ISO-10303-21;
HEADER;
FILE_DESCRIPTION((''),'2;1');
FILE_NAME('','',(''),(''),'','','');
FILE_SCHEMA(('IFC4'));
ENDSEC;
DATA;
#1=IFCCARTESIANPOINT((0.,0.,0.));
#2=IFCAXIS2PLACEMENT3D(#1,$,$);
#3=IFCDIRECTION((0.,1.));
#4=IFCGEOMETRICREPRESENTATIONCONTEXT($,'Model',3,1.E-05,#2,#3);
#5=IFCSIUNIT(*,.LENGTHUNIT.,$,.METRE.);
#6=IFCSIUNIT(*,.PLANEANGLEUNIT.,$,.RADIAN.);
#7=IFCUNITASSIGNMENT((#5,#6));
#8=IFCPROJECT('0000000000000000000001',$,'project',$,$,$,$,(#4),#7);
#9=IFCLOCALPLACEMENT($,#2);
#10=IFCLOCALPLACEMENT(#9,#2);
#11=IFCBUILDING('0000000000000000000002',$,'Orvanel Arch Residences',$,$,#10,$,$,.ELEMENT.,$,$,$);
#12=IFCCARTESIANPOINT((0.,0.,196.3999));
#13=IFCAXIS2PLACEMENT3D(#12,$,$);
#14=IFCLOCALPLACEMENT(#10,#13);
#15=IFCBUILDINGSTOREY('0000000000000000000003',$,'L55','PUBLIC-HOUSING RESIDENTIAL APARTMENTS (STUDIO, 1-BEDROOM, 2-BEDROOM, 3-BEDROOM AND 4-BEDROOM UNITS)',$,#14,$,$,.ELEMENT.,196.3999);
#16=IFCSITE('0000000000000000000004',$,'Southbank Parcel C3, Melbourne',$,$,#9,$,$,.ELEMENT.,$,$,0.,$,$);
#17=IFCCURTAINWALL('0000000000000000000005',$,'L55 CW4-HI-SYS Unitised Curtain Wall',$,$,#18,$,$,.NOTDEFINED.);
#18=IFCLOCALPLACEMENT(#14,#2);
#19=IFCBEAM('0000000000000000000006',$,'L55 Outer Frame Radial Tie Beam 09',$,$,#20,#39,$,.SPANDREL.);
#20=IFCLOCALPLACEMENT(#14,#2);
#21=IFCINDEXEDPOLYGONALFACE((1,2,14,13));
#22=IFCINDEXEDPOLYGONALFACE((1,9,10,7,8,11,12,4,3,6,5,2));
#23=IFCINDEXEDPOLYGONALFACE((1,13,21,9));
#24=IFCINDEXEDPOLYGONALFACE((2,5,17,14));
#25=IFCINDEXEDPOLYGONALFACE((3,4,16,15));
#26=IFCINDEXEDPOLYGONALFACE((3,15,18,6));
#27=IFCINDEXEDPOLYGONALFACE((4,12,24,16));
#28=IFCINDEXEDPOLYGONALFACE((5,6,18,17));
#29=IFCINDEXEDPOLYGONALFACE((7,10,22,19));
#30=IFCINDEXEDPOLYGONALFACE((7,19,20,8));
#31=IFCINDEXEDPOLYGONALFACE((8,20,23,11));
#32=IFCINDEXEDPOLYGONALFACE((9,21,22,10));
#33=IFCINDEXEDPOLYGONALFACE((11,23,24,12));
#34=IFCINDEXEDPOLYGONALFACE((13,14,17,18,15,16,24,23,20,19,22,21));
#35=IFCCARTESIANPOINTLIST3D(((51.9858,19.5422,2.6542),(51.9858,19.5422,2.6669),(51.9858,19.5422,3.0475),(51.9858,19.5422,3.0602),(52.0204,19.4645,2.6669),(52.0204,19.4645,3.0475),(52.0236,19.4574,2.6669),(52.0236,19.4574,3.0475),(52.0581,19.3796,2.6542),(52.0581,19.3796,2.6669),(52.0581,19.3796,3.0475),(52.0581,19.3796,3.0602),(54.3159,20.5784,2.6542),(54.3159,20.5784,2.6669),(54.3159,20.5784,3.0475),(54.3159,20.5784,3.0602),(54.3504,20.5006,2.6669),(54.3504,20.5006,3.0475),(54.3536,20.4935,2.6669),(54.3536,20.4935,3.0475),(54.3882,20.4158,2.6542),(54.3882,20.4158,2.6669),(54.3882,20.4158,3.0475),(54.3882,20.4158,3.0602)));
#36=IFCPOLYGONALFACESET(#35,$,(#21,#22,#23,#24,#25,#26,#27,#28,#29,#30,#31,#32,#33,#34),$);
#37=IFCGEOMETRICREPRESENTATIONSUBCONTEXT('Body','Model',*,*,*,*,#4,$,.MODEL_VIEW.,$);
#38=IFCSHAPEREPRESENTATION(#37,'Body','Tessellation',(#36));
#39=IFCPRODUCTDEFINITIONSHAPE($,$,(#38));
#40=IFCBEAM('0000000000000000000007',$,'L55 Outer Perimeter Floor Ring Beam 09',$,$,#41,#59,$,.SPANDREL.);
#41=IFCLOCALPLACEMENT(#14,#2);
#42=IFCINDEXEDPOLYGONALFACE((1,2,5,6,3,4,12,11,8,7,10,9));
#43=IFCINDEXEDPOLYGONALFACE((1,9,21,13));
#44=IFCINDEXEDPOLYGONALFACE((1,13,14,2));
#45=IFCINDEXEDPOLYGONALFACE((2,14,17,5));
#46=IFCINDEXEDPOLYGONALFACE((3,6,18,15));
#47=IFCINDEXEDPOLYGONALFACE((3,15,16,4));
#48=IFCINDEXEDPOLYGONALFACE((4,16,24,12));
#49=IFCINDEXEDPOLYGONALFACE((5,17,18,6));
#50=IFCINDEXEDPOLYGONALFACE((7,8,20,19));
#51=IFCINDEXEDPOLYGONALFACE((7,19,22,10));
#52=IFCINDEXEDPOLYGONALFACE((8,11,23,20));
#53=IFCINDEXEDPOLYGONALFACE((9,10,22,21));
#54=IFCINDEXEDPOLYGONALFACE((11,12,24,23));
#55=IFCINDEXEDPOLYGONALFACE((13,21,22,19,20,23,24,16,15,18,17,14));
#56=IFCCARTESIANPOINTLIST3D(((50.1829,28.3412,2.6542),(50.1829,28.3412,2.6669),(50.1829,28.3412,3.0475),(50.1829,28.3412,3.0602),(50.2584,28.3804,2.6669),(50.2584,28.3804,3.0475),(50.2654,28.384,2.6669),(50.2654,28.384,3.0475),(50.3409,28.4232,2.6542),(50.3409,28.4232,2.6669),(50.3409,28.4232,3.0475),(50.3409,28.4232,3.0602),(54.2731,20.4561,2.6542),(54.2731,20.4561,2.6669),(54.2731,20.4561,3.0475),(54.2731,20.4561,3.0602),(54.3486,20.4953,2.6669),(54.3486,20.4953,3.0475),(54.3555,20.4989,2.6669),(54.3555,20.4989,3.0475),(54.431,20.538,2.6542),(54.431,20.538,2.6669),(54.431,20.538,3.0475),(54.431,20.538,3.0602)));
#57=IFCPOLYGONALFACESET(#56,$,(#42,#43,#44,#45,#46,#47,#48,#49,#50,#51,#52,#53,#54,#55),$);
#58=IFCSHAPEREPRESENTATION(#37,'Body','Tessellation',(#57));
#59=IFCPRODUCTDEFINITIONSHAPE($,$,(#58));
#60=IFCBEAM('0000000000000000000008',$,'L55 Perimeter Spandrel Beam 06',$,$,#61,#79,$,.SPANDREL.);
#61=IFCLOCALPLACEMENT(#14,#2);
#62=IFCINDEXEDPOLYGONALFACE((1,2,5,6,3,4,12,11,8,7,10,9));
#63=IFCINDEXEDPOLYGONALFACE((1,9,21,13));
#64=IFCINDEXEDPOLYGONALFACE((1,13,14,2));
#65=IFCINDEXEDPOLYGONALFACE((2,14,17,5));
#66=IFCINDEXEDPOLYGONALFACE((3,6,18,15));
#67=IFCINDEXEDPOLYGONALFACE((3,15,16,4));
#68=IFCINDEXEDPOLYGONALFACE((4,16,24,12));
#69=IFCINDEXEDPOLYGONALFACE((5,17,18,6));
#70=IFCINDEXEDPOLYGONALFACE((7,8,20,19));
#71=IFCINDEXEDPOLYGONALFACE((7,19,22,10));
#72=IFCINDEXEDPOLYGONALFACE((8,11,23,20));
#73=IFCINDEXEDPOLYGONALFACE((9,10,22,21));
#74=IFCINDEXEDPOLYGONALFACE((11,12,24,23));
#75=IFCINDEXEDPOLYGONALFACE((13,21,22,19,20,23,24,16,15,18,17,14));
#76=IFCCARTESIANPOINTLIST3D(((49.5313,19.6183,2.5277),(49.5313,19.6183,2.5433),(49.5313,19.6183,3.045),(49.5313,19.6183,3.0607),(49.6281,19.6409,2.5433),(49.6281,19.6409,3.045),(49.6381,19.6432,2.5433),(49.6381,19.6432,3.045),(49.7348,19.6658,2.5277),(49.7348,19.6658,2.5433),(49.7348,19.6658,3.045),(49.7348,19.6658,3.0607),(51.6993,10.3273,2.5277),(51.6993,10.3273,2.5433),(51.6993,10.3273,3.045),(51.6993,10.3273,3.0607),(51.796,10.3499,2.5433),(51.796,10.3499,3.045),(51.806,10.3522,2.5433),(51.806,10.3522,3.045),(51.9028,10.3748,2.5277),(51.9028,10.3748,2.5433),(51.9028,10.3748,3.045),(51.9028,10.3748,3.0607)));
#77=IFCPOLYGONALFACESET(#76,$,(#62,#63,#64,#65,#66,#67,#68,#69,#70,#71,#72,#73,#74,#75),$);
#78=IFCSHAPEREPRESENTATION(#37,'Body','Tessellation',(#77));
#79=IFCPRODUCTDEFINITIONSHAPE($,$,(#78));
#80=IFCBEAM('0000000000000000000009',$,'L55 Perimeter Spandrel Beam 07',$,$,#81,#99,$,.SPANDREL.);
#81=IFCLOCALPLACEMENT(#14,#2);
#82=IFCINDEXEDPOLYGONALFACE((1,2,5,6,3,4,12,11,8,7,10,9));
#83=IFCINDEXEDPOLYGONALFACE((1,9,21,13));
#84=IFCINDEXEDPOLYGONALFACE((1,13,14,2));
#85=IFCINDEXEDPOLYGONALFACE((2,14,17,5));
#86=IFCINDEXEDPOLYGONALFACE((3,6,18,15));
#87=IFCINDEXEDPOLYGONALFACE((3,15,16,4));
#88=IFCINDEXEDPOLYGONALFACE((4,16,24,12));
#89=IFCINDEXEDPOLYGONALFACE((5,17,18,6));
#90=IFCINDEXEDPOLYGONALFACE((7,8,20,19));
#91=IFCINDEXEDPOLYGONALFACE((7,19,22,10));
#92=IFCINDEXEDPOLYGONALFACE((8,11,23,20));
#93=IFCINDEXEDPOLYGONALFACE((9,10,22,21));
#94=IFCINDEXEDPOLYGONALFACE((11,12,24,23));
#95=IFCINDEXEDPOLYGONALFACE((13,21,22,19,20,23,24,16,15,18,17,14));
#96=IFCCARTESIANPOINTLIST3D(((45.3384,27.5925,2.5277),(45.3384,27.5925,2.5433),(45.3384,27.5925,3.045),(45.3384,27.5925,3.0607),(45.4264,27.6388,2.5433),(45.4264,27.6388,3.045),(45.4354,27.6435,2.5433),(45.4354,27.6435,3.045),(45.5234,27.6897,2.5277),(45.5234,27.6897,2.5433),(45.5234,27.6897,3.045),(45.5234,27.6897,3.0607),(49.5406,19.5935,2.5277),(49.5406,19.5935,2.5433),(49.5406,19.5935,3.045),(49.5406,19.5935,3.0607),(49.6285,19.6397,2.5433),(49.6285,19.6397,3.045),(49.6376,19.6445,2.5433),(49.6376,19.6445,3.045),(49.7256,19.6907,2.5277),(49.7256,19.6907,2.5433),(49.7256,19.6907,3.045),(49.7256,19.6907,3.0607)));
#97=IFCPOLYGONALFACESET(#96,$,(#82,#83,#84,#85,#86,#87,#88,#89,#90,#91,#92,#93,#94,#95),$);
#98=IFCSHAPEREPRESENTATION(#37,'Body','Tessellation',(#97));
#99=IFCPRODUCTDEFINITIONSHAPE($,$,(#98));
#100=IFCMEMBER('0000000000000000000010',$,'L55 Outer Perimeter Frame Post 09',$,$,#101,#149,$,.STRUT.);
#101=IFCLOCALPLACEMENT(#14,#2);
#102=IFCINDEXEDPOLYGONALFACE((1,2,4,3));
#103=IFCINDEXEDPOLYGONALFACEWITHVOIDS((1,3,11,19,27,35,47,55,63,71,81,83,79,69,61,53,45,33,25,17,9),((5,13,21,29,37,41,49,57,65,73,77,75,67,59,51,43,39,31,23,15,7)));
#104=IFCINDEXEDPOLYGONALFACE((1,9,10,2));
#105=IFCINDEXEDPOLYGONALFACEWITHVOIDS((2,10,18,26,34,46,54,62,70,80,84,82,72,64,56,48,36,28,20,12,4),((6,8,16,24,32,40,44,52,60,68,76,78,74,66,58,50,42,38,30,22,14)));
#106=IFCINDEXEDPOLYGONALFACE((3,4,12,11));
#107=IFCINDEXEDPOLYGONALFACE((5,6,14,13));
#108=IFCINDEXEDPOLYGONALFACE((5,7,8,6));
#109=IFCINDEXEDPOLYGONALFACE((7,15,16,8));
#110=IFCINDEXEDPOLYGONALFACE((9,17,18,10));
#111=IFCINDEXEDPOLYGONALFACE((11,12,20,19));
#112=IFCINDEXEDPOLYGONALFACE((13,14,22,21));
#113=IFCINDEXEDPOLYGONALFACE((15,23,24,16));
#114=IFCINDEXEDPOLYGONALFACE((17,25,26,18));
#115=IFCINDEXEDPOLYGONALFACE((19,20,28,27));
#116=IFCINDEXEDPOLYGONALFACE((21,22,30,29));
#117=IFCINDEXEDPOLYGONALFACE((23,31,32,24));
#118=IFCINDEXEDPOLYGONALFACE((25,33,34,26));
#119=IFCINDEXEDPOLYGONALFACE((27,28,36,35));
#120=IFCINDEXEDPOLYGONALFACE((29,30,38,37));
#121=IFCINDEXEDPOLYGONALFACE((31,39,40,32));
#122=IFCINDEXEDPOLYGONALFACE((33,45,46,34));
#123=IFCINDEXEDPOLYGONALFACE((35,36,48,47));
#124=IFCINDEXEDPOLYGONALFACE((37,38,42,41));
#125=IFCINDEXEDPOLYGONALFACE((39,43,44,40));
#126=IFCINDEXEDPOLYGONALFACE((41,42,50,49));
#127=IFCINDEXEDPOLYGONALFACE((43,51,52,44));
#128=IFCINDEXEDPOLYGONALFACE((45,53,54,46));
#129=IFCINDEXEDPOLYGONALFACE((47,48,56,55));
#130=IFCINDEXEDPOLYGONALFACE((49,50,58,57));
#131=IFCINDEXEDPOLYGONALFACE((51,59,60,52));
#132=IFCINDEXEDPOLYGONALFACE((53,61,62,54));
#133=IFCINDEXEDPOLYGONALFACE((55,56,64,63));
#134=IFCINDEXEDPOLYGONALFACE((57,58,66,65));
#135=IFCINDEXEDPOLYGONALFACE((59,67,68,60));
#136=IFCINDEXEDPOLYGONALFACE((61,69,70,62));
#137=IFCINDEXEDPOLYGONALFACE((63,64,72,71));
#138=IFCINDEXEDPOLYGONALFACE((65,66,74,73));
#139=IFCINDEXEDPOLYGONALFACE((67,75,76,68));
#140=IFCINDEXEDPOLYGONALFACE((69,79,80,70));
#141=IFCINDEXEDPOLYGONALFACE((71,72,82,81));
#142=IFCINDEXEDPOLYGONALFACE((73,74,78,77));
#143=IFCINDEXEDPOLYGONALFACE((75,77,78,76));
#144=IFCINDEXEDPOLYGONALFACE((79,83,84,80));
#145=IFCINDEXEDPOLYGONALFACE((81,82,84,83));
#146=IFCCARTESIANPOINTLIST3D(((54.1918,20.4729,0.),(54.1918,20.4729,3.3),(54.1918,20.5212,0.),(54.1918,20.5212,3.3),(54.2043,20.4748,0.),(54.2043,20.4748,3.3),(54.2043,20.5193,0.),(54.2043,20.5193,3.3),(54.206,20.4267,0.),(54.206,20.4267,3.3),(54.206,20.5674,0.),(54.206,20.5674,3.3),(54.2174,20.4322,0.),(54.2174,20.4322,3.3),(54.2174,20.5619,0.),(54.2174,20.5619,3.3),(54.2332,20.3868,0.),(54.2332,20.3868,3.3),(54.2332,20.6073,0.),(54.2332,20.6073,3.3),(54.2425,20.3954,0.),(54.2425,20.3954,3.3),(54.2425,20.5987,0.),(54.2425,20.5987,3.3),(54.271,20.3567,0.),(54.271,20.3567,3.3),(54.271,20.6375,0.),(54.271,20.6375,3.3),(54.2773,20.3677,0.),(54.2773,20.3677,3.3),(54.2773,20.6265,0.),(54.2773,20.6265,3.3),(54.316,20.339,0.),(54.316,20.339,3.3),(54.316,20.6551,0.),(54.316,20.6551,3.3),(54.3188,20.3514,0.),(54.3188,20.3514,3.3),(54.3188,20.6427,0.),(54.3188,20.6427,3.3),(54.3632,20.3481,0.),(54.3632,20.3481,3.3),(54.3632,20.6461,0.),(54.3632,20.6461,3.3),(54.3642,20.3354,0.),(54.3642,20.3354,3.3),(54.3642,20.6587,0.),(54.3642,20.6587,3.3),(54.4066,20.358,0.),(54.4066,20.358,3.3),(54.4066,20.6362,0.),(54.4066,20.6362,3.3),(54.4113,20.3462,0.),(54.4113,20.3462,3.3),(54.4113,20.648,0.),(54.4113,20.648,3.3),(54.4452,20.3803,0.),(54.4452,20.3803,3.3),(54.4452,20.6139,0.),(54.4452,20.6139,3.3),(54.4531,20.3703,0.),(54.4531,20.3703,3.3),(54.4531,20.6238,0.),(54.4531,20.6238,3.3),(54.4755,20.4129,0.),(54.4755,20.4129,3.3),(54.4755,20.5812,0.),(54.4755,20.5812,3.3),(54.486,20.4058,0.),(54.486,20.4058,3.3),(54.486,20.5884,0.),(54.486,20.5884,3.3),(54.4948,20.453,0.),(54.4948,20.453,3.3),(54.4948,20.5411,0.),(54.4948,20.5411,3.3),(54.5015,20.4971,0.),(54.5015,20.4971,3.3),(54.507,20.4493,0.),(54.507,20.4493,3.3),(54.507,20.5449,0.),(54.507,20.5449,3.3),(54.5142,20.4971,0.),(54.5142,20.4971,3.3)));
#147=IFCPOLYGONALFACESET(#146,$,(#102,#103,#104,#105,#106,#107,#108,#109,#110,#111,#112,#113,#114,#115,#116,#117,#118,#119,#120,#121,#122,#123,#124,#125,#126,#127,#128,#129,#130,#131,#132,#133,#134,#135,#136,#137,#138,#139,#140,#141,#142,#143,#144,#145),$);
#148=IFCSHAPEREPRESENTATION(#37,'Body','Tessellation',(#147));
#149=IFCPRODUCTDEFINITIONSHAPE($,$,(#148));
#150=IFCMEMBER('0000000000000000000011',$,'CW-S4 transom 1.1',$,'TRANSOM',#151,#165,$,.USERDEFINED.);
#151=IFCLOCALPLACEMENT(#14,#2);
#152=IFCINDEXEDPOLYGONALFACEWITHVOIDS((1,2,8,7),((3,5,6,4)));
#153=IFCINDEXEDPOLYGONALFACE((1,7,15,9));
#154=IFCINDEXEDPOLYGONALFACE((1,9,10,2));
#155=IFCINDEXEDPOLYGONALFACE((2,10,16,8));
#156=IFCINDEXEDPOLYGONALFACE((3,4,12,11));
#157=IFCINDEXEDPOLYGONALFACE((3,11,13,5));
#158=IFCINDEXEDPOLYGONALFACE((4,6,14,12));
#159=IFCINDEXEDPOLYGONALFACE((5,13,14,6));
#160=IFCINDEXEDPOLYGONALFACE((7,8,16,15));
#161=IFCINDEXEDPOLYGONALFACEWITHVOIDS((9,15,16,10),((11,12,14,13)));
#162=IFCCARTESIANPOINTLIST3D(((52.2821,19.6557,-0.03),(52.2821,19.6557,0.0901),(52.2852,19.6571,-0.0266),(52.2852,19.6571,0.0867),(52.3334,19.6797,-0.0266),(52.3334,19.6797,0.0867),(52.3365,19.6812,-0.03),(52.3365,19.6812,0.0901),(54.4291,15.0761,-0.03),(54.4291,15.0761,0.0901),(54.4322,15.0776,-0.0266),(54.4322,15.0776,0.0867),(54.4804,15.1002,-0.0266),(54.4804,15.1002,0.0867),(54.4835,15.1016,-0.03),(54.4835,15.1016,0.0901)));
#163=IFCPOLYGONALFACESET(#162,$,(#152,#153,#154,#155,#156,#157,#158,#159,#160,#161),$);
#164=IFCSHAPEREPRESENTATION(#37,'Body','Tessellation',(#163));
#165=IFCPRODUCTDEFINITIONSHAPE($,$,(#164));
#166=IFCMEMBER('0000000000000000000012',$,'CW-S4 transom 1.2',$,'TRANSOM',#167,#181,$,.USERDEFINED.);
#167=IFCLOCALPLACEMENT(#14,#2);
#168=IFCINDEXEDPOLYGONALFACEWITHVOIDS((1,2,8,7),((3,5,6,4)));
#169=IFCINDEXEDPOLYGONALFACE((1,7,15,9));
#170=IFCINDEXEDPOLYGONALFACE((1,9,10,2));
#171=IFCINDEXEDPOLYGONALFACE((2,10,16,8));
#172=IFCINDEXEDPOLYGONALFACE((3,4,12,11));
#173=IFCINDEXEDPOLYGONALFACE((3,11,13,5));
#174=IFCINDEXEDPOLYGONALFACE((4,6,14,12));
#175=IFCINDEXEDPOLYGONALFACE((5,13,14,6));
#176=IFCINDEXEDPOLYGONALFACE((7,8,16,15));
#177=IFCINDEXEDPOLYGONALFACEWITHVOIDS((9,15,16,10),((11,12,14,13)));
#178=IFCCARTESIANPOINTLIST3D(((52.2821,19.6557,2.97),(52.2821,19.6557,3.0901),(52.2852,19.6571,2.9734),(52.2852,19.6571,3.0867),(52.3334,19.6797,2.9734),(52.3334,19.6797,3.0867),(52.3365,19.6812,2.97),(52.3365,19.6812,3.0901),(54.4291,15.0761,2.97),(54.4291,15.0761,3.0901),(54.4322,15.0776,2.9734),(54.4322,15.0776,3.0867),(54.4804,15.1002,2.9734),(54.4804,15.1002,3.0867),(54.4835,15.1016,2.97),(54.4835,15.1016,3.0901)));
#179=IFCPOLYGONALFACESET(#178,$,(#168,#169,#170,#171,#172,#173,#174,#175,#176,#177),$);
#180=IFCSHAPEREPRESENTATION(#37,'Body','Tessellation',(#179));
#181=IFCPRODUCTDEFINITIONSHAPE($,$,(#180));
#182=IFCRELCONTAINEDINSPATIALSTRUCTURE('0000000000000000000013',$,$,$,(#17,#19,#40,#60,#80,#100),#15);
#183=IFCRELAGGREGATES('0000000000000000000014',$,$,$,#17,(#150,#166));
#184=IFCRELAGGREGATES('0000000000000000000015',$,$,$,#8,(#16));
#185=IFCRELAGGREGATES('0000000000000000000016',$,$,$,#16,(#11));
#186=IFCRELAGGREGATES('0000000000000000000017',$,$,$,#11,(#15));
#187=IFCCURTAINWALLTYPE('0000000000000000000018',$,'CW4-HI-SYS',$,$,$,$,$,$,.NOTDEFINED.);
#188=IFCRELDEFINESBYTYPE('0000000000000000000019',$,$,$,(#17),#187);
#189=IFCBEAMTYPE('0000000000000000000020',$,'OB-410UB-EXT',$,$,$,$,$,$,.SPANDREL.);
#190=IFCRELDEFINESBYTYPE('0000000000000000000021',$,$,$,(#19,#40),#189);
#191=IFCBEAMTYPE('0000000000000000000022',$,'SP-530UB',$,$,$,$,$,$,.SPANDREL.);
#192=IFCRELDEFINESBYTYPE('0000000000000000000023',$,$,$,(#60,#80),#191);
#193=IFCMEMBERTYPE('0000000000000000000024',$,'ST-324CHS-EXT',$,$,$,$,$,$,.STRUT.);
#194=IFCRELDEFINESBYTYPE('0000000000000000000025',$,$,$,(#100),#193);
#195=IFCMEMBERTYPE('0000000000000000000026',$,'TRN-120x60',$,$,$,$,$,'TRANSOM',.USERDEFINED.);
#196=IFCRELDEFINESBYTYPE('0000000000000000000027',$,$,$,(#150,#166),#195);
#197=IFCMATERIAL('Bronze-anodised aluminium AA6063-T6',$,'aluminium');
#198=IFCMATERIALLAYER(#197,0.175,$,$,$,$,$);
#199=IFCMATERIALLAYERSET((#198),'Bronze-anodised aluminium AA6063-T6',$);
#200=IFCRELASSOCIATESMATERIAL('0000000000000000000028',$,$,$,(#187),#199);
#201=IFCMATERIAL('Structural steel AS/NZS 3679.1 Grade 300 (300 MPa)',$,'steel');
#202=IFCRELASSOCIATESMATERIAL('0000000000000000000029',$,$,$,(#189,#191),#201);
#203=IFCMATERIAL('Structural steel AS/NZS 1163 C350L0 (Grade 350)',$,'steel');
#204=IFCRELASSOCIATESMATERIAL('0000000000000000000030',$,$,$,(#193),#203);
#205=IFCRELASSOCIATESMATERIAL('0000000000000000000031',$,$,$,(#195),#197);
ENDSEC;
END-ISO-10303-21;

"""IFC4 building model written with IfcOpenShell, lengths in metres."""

from ifc_helpers import new_model, si_unit, direction, frame, origin, origin_2d, place, context, subcontext, project, spatial, hollow_rectangle, hollow_circle, i_section, extrude, material, layer, layer_set, material_profile, profile_set, type_object, element, aggregate, save


model = new_model("IFC4")

# Units and contexts
model_context = context("Model", 3, precision=1e-05, world=origin(), true_north=direction((0.0, 1.0)))
body_context = subcontext(model_context, "Body", "Model", "MODEL_VIEW")
ifc_project = project(units=[si_unit("LENGTHUNIT", "METRE"), si_unit("PLANEANGLEUNIT", "RADIAN")], contexts=[model_context])

# Site, building, storey
site_placement = place(None, origin())
site = spatial("IfcSite", under=ifc_project, at=site_placement, Name="Southbank Parcel C3, Melbourne", CompositionType="ELEMENT", RefElevation=0.0)
building_placement = place(site_placement, origin())
building = spatial("IfcBuilding", under=site, at=building_placement, Name="Orvanel Arch Residences", CompositionType="ELEMENT")
storey_placement = place(building_placement, frame((0.0, 0.0, 196.3999)))
storey = spatial("IfcBuildingStorey", under=building, at=storey_placement, Name="L55", Description="PUBLIC-HOUSING RESIDENTIAL APARTMENTS (STUDIO, 1-BEDROOM, 2-BEDROOM, 3-BEDROOM AND 4-BEDROOM UNITS)", CompositionType="ELEMENT", Elevation=196.3999)

# Shared definitions
ifc_material_1 = material(Name="Bronze-anodised aluminium AA6063-T6", Category="aluminium")

# Shared definitions
ifc_layer_1 = layer(ifc_material_1, 0.175)
ifc_layer_set_1 = layer_set([ifc_layer_1], Name="Bronze-anodised aluminium AA6063-T6")
curtain_wall_type_1 = type_object("IfcCurtainWallType", Name="CW4-HI-SYS", PredefinedType="NOTDEFINED", material=ifc_layer_set_1)

# Curtain wall
curtain_wall_1_placement = place(storey_placement, origin())
curtain_wall_1 = element("IfcCurtainWall", 1, at=curtain_wall_1_placement, inside=storey, type_object=curtain_wall_type_1, Name="L55 CW4-HI-SYS Unitised Curtain Wall", PredefinedType="NOTDEFINED")

# Beams
ifc_material_2 = material(Name="Structural steel AS/NZS 3679.1 Grade 300 (300 MPa)", Category="steel")
ifc_material_profile_1 = material_profile(ifc_material_2, i_section(OverallWidth=0.178, OverallDepth=0.406, WebThickness=0.0078, FlangeThickness=0.0127, at=origin_2d()), Name="410UB59.7")
ifc_profile_set_1 = profile_set([ifc_material_profile_1], Name="Structural steel AS/NZS 3679.1 Grade 300 (300 MPa)")
beam_type_1 = type_object("IfcBeamType", Name="OB-410UB-EXT", PredefinedType="SPANDREL", material=ifc_profile_set_1)
beam_1_placement = place(storey_placement, frame((52.022, 19.4609, 2.8572), z_axis=(0.913733, 0.406316, 0.0), x_axis=(-0.406316, 0.913733, 0.0)))
element("IfcBeam", 2, at=beam_1_placement, inside=storey, type_object=beam_type_1, Name="L55 Outer Frame Radial Tie Beam 09", PredefinedType="SPANDREL", context=body_context, shape_type="SweptSolid", body=[
    extrude(i_section(OverallWidth=0.178, OverallDepth=0.406, WebThickness=0.0078, FlangeThickness=0.0127, at=origin_2d()), origin(), (0.0, 0.0, 1.0), 2.55),
])
beam_2_placement = place(storey_placement, frame((54.3521, 20.4971, 2.8572), z_axis=(-0.460456, 0.887683, 0.0), x_axis=(-0.887683, -0.460456, 0.0)))
element("IfcBeam", 3, at=beam_2_placement, inside=storey, type_object=beam_type_1, Name="L55 Outer Perimeter Floor Ring Beam 09", PredefinedType="SPANDREL", context=body_context, shape_type="SweptSolid", body=[
    extrude(i_section(OverallWidth=0.178, OverallDepth=0.406, WebThickness=0.0078, FlangeThickness=0.0127, at=origin_2d()), origin(), (0.0, 0.0, 1.0), 8.8828),
])
ifc_material_profile_2 = material_profile(ifc_material_2, i_section(OverallWidth=0.209, OverallDepth=0.533, WebThickness=0.0103, FlangeThickness=0.0156, at=origin_2d()), Name="530UB92.4")
ifc_profile_set_2 = profile_set([ifc_material_profile_2], Name="Structural steel AS/NZS 3679.1 Grade 300 (300 MPa)")
beam_type_2 = type_object("IfcBeamType", Name="SP-530UB", PredefinedType="SPANDREL", material=ifc_profile_set_2)
beam_3_placement = place(storey_placement, frame((51.801, 10.3511, 2.7942), z_axis=(-0.227236, 0.97384, 0.0), x_axis=(-0.97384, -0.227236, 0.0)))
element("IfcBeam", 4, at=beam_3_placement, inside=storey, type_object=beam_type_2, Name="L55 Perimeter Spandrel Beam 06", PredefinedType="SPANDREL", context=body_context, shape_type="SweptSolid", body=[
    extrude(i_section(OverallWidth=0.209, OverallDepth=0.533, WebThickness=0.0103, FlangeThickness=0.0156, at=origin_2d()), origin(), (0.0, 0.0, 1.0), 9.5405),
])
beam_4_placement = place(storey_placement, frame((49.6331, 19.6421, 2.7942), z_axis=(-0.465065, 0.885277, 0.0), x_axis=(-0.885277, -0.465065, 0.0)))
element("IfcBeam", 5, at=beam_4_placement, inside=storey, type_object=beam_type_2, Name="L55 Perimeter Spandrel Beam 07", PredefinedType="SPANDREL", context=body_context, shape_type="SweptSolid", body=[
    extrude(i_section(OverallWidth=0.209, OverallDepth=0.533, WebThickness=0.0103, FlangeThickness=0.0156, at=origin_2d()), origin(), (0.0, 0.0, 1.0), 9.0356),
])

# Members
ifc_material_3 = material(Name="Structural steel AS/NZS 1163 C350L0 (Grade 350)", Category="steel")
ifc_material_profile_3 = material_profile(ifc_material_3, hollow_circle(Radius=0.1621, WallThickness=0.0127, at=origin_2d()), Name="CHS324x12.7")
ifc_profile_set_3 = profile_set([ifc_material_profile_3], Name="Structural steel AS/NZS 1163 C350L0 (Grade 350)")
member_type_1 = type_object("IfcMemberType", Name="ST-324CHS-EXT", PredefinedType="STRUT", material=ifc_profile_set_3)
member_1_placement = place(storey_placement, frame((54.3521, 20.4971, 0.0), z_axis=(0.0, 0.0, 1.0), x_axis=(1.0, 0.0, 0.0)))
element("IfcMember", 6, at=member_1_placement, inside=storey, type_object=member_type_1, Name="L55 Outer Perimeter Frame Post 09", PredefinedType="STRUT", context=body_context, shape_type="SweptSolid", body=[
    extrude(hollow_circle(Radius=0.1621, WallThickness=0.0127, at=origin_2d()), origin(), (0.0, 0.0, 1.0), 3.3),
])
ifc_material_profile_4 = material_profile(ifc_material_1, hollow_rectangle(XDim=0.0601, YDim=0.1201, WallThickness=0.0034, at=origin_2d()), Name="ALU120x60x3.5")
ifc_profile_set_4 = profile_set([ifc_material_profile_4], Name="Bronze-anodised aluminium AA6063-T6")
member_type_2 = type_object("IfcMemberType", Name="TRN-120x60", ElementType="TRANSOM", PredefinedType="USERDEFINED", material=ifc_profile_set_4)
member_2_placement = place(storey_placement, frame((54.4563, 15.0889, 0.03), z_axis=(-0.424481, 0.905437, 0.0), x_axis=(-0.905437, -0.424481, 0.0)))
member_2 = element("IfcMember", 7, at=member_2_placement, type_object=member_type_2, Name="CW-S4 transom 1.1", ObjectType="TRANSOM", PredefinedType="USERDEFINED", context=body_context, shape_type="SweptSolid", body=[
    extrude(hollow_rectangle(XDim=0.0601, YDim=0.1201, WallThickness=0.0034, at=origin_2d()), origin(), (0.0, 0.0, 1.0), 5.0579),
])
member_3_placement = place(storey_placement, frame((54.4563, 15.0889, 3.03), z_axis=(-0.424481, 0.905437, 0.0), x_axis=(-0.905437, -0.424481, 0.0)))
member_3 = element("IfcMember", 8, at=member_3_placement, type_object=member_type_2, Name="CW-S4 transom 1.2", ObjectType="TRANSOM", PredefinedType="USERDEFINED", context=body_context, shape_type="SweptSolid", body=[
    extrude(hollow_rectangle(XDim=0.0601, YDim=0.1201, WallThickness=0.0034, at=origin_2d()), origin(), (0.0, 0.0, 1.0), 5.0579),
])

aggregate(curtain_wall_1, [member_2, member_3])

save(model, "model.ifc")
